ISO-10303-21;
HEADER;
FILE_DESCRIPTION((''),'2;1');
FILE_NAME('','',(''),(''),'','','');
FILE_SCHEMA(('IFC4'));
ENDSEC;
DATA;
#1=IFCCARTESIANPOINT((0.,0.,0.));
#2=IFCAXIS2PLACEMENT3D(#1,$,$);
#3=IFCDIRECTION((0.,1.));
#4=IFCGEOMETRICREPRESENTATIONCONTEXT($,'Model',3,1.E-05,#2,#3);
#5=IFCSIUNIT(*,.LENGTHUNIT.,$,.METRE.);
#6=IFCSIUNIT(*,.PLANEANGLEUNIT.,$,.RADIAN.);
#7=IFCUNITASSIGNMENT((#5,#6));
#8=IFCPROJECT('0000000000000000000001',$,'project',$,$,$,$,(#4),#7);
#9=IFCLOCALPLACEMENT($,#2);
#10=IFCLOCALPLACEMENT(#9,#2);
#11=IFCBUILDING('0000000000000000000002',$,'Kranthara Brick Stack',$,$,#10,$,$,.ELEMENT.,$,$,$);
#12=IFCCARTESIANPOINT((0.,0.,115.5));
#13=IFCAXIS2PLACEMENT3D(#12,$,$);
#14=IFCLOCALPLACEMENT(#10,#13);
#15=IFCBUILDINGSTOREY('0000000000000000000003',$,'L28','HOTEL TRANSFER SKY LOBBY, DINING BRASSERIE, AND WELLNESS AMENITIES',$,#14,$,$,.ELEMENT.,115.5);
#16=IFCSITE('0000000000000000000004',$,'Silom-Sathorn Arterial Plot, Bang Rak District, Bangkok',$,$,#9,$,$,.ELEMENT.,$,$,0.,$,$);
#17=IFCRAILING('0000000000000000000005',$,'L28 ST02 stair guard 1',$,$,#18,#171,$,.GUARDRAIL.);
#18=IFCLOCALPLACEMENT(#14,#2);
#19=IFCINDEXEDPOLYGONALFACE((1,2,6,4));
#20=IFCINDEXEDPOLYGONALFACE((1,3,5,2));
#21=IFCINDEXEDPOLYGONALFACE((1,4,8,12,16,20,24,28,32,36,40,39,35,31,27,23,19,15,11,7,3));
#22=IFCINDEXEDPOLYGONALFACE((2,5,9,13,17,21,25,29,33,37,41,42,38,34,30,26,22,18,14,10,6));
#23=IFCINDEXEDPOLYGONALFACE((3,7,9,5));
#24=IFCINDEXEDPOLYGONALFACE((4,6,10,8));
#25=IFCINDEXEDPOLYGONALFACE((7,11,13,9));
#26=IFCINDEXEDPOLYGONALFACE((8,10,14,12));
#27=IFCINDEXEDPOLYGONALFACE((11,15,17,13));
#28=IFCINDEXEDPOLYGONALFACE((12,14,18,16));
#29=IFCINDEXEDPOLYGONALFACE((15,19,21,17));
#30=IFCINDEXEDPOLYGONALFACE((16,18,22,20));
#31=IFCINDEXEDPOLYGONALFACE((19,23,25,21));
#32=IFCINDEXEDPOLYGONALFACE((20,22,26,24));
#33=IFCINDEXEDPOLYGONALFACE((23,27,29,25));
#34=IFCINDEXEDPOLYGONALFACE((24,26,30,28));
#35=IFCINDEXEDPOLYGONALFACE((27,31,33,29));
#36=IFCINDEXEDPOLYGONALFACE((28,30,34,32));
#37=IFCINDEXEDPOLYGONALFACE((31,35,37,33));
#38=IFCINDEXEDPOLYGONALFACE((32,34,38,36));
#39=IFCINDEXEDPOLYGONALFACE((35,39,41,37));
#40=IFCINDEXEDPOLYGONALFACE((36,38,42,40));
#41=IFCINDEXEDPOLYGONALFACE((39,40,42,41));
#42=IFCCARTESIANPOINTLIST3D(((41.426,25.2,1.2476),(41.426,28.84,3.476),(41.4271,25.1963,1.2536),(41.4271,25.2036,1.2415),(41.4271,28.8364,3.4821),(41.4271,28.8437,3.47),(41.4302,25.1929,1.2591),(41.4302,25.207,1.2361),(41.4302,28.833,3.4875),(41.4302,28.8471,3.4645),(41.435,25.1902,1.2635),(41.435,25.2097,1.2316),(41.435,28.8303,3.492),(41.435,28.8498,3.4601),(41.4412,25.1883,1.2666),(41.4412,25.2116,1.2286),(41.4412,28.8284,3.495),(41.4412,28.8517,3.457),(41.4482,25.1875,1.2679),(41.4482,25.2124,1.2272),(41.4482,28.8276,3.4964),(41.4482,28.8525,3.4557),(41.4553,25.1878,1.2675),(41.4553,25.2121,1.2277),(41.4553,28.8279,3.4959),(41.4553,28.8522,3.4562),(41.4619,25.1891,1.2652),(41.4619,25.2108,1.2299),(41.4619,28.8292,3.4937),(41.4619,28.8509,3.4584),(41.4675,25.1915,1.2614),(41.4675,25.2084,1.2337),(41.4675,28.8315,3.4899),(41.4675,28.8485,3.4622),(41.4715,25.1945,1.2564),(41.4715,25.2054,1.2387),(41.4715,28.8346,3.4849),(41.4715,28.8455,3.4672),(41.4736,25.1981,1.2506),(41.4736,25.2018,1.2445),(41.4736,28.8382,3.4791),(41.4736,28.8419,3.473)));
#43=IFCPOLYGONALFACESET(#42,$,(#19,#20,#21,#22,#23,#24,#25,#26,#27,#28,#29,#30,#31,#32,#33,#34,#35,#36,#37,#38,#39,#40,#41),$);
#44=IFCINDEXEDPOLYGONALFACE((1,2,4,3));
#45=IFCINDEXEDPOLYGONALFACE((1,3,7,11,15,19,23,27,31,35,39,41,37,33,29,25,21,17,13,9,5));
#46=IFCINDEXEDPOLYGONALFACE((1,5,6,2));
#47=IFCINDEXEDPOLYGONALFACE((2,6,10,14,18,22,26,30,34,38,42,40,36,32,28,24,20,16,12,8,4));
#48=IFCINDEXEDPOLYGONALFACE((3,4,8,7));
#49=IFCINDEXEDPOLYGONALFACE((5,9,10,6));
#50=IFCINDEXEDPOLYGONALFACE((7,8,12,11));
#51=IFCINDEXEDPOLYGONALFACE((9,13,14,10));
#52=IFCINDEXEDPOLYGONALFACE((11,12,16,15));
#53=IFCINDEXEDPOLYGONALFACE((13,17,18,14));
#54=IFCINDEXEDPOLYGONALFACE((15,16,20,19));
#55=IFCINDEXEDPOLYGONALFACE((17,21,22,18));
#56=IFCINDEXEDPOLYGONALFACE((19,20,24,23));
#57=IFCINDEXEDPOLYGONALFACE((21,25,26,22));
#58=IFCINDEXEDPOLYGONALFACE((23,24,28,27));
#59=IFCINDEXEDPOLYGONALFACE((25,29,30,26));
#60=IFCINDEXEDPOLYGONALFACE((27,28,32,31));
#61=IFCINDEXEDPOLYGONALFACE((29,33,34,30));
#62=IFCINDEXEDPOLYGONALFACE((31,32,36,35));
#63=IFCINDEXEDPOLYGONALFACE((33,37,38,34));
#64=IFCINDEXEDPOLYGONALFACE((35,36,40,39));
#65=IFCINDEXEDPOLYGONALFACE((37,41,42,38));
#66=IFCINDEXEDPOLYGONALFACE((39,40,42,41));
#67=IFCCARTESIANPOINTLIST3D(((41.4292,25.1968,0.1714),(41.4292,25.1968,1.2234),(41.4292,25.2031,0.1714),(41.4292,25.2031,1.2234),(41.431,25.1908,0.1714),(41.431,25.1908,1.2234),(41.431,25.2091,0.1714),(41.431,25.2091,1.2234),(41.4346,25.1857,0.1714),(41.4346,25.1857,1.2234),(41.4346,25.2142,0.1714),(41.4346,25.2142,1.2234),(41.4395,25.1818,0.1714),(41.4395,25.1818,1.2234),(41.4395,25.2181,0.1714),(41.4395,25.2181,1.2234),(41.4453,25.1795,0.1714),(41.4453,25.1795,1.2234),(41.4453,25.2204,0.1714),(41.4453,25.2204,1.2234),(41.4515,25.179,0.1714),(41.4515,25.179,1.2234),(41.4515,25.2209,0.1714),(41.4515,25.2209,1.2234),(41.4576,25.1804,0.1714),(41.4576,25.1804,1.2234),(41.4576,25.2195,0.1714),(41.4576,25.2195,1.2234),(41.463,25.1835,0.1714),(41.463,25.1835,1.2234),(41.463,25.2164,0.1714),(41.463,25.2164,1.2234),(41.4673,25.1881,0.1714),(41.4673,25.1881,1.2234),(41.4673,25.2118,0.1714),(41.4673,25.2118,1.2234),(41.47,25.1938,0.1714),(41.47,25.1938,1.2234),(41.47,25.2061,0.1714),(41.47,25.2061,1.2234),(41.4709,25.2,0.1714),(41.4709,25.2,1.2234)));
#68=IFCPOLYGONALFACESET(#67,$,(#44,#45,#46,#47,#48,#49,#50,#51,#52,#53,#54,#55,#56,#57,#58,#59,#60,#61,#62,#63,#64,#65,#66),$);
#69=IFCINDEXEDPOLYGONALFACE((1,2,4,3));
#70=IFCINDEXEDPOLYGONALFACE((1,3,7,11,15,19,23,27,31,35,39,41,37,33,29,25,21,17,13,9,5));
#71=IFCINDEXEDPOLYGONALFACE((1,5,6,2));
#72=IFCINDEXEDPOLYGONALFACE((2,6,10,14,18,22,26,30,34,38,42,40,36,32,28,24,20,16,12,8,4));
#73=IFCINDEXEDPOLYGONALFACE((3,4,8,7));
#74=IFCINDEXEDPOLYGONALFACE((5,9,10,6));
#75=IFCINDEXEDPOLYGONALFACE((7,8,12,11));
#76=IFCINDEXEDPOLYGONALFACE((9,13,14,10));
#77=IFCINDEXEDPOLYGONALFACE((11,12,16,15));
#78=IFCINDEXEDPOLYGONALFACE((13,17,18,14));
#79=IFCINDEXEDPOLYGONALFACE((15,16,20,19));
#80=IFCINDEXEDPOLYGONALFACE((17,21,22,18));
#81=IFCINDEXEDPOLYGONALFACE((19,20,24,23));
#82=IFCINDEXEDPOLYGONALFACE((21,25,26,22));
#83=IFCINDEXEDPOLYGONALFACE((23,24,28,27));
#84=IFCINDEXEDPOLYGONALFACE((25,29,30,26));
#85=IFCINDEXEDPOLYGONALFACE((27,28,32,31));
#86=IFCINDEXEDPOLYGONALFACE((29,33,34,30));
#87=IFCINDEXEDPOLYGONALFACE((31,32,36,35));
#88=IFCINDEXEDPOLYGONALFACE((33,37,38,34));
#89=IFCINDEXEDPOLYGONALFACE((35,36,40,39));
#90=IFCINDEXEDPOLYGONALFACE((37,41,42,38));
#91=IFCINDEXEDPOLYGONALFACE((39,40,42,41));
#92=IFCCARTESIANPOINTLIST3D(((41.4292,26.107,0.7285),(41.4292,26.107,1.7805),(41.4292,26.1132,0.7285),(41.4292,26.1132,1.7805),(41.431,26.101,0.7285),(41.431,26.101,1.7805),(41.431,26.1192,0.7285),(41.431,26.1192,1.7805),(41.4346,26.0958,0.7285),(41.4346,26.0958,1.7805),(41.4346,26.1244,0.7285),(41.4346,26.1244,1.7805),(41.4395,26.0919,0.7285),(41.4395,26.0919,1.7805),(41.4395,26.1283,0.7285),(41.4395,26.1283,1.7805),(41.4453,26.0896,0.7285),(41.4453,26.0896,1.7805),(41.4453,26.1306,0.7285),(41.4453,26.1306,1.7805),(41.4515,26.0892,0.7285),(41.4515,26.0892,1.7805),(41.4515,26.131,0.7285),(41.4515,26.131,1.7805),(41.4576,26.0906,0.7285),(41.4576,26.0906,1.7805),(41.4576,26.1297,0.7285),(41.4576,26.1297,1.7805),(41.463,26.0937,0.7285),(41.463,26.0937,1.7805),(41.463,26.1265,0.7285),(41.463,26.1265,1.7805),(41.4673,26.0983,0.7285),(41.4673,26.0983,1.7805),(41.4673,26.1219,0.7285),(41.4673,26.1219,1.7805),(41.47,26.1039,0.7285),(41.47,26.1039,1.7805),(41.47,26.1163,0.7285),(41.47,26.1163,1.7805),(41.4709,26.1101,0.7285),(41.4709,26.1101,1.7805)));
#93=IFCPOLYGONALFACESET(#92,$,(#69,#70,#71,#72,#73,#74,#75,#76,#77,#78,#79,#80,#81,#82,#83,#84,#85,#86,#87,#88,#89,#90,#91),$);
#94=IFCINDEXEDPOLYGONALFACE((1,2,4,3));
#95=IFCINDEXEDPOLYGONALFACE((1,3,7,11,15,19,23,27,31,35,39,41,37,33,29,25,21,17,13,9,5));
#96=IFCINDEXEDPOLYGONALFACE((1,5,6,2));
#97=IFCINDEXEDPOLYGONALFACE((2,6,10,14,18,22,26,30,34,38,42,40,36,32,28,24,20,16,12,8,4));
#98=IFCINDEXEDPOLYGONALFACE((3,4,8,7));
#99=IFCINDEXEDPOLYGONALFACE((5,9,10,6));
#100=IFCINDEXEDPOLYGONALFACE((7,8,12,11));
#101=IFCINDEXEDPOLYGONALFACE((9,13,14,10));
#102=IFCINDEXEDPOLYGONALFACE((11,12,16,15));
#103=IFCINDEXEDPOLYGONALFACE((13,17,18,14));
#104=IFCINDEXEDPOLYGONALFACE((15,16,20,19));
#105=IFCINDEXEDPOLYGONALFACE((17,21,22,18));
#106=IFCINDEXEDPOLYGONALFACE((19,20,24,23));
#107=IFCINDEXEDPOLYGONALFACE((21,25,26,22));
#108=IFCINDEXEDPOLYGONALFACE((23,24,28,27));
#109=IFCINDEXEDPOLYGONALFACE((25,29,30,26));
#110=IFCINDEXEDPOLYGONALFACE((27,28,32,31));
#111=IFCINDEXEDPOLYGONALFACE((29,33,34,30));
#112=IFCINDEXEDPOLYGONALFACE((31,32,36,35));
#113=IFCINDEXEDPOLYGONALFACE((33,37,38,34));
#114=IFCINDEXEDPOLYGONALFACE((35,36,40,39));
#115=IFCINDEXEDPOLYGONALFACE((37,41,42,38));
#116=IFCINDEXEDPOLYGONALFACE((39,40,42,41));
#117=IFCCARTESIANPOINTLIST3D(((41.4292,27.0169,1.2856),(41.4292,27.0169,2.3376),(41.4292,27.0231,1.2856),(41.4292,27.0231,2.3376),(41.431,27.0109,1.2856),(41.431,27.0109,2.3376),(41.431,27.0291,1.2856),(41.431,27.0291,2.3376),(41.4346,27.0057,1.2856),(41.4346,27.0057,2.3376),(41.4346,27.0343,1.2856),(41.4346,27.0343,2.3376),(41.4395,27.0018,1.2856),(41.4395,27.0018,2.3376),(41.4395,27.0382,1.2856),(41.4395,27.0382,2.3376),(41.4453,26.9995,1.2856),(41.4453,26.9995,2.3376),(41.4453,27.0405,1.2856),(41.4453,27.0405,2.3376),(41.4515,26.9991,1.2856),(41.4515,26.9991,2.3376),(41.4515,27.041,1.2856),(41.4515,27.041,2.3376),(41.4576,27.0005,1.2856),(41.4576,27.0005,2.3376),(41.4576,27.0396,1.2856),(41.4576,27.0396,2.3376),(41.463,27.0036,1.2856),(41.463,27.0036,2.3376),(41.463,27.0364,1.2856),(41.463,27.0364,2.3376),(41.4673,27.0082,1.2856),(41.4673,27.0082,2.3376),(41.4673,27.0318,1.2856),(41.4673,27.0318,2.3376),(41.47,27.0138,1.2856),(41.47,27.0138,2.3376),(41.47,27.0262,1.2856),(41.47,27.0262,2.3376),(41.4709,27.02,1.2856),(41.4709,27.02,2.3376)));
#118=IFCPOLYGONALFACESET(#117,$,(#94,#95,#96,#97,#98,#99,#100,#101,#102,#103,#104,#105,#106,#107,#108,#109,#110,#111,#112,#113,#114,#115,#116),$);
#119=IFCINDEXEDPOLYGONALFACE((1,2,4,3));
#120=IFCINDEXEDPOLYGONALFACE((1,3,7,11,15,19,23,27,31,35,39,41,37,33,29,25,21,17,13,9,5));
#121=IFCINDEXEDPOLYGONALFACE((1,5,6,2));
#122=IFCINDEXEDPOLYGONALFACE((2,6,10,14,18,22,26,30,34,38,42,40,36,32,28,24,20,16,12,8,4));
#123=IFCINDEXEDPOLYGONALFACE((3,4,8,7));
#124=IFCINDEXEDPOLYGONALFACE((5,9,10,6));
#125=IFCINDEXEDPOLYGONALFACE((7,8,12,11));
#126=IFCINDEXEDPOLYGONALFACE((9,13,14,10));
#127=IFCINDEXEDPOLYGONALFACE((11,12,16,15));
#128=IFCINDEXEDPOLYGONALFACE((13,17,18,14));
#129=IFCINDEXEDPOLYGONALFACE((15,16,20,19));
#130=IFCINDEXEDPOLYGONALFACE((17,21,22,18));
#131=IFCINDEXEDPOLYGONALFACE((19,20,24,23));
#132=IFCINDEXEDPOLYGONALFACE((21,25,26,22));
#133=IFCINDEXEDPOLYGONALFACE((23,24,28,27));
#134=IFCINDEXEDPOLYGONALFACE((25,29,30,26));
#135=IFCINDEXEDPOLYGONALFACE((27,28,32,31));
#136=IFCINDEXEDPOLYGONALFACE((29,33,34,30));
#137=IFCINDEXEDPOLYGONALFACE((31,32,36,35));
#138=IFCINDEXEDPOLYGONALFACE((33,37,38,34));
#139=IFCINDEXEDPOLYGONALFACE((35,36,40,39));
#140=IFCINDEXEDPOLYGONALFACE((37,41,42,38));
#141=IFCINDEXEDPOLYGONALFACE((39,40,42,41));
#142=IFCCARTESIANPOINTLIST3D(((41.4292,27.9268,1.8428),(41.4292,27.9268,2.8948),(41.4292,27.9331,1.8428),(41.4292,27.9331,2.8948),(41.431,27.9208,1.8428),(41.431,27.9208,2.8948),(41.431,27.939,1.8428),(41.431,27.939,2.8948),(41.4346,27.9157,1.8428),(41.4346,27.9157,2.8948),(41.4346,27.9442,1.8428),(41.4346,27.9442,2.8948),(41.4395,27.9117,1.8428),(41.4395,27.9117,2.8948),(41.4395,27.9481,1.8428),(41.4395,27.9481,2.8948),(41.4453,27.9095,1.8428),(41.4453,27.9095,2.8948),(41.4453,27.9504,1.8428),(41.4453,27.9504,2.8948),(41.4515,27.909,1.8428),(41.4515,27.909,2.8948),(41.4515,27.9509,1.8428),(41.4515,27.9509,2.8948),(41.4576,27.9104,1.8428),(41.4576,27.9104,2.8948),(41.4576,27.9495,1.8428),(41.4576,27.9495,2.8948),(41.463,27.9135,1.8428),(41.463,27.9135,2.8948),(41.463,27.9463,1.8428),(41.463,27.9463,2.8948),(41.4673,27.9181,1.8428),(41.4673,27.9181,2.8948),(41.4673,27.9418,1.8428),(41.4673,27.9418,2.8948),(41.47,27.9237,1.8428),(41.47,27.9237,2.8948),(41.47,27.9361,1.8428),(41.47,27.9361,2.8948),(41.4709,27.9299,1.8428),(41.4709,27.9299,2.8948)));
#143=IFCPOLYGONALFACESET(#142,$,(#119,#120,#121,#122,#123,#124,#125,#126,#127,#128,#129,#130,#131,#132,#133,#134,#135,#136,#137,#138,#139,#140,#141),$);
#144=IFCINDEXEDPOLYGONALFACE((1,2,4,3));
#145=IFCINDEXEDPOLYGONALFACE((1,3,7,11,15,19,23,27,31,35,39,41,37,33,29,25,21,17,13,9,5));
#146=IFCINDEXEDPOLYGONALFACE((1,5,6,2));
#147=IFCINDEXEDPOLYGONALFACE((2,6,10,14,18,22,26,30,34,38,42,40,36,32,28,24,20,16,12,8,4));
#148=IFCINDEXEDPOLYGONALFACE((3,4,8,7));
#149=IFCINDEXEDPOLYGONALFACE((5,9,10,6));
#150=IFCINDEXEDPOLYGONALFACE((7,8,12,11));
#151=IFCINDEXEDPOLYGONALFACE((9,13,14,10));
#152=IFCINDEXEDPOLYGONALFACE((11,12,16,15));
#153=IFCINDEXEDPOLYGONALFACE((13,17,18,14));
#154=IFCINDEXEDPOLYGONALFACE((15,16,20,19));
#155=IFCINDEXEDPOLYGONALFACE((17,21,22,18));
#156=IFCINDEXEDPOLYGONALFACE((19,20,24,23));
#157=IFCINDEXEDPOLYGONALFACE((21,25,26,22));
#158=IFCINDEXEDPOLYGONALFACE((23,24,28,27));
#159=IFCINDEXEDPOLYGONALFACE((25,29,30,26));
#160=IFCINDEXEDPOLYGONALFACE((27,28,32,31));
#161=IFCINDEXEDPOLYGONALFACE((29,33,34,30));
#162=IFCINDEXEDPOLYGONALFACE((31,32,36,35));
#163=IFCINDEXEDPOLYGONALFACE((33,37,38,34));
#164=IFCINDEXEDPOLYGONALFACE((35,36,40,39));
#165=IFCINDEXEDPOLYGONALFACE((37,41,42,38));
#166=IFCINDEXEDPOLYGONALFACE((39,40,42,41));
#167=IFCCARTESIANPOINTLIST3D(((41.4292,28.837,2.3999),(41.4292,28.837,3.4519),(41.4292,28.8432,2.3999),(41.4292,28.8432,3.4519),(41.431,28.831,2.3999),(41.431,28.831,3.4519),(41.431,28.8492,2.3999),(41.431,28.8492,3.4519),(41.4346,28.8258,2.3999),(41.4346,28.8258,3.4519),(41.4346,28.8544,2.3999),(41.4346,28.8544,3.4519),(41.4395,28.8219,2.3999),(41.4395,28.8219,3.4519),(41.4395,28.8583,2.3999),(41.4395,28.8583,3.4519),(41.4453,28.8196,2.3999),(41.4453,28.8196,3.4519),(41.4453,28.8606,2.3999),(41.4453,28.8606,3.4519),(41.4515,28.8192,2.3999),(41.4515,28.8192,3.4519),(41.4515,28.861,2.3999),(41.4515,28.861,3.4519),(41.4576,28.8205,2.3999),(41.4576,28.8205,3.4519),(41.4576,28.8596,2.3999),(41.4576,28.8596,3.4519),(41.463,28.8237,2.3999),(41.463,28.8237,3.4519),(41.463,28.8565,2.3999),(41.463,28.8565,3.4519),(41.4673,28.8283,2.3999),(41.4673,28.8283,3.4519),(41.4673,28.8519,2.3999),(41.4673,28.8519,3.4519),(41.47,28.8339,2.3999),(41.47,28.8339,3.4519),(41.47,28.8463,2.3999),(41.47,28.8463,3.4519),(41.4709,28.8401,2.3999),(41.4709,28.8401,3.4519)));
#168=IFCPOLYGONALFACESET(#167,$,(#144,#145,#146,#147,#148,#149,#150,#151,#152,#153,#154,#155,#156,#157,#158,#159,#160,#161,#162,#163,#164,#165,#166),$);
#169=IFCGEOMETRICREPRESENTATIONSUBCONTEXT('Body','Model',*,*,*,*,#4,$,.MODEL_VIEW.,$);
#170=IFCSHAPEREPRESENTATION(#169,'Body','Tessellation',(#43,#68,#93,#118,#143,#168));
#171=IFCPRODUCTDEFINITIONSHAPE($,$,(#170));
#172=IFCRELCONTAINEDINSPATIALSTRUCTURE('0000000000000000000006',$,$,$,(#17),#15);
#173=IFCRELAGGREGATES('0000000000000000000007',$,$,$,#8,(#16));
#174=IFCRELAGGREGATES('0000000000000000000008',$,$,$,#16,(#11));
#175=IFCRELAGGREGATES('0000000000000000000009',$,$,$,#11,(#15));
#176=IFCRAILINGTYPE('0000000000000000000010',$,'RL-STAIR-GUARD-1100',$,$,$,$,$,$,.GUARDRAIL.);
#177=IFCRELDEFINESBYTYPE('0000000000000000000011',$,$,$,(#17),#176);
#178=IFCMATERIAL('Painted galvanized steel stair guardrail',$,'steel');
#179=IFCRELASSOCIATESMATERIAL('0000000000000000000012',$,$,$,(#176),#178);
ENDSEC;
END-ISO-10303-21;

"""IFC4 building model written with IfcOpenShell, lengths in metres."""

from ifc_helpers import new_model, si_unit, direction, frame, origin, origin_2d, place, context, subcontext, project, spatial, circle, extrude, material, type_object, element, save


model = new_model("IFC4")

# Units and contexts
model_context = context("Model", 3, precision=1e-05, world=origin(), true_north=direction((0.0, 1.0)))
body_context = subcontext(model_context, "Body", "Model", "MODEL_VIEW")
ifc_project = project(units=[si_unit("LENGTHUNIT", "METRE"), si_unit("PLANEANGLEUNIT", "RADIAN")], contexts=[model_context])

# Site, building, storey
site_placement = place(None, origin())
site = spatial("IfcSite", under=ifc_project, at=site_placement, Name="Silom-Sathorn Arterial Plot, Bang Rak District, Bangkok", CompositionType="ELEMENT", RefElevation=0.0)
building_placement = place(site_placement, origin())
building = spatial("IfcBuilding", under=site, at=building_placement, Name="Kranthara Brick Stack", CompositionType="ELEMENT")
storey_placement = place(building_placement, frame((0.0, 0.0, 115.5)))
storey = spatial("IfcBuildingStorey", under=building, at=storey_placement, Name="L28", Description="HOTEL TRANSFER SKY LOBBY, DINING BRASSERIE, AND WELLNESS AMENITIES", CompositionType="ELEMENT", Elevation=115.5)

# Railing
ifc_material_1 = material(Name="Painted galvanized steel stair guardrail", Category="steel")
railing_type_1 = type_object("IfcRailingType", Name="RL-STAIR-GUARD-1100", PredefinedType="GUARDRAIL", material=ifc_material_1)
railing_1_placement = place(storey_placement, frame((41.45, 25.2, 0.1714)))
element("IfcRailing", 1, at=railing_1_placement, inside=storey, type_object=railing_type_1, Name="L28 ST02 stair guard 1", PredefinedType="GUARDRAIL", context=body_context, shape_type="SweptSolid", body=[
    extrude(circle(Radius=0.0239, at=origin_2d()), frame((0.0, 0.0, 1.0762), z_axis=(0.0, 0.852866, 0.52213), x_axis=(-1.0, 0.0, 0.0)), (0.0, 0.0, 1.0), 4.2681),
    extrude(circle(Radius=0.021, at=origin_2d()), origin(), (0.0, 0.0, 1.0), 1.052),
    extrude(circle(Radius=0.021, at=origin_2d()), frame((0.0, 0.9102, 0.5571)), (0.0, 0.0, 1.0), 1.052),
    extrude(circle(Radius=0.021, at=origin_2d()), frame((0.0, 1.8201, 1.1143)), (0.0, 0.0, 1.0), 1.052),
    extrude(circle(Radius=0.021, at=origin_2d()), frame((0.0, 2.73, 1.6714)), (0.0, 0.0, 1.0), 1.052),
    extrude(circle(Radius=0.021, at=origin_2d()), frame((0.0, 3.6401, 2.2285)), (0.0, 0.0, 1.0), 1.052),
])

save(model, "model.ifc")
